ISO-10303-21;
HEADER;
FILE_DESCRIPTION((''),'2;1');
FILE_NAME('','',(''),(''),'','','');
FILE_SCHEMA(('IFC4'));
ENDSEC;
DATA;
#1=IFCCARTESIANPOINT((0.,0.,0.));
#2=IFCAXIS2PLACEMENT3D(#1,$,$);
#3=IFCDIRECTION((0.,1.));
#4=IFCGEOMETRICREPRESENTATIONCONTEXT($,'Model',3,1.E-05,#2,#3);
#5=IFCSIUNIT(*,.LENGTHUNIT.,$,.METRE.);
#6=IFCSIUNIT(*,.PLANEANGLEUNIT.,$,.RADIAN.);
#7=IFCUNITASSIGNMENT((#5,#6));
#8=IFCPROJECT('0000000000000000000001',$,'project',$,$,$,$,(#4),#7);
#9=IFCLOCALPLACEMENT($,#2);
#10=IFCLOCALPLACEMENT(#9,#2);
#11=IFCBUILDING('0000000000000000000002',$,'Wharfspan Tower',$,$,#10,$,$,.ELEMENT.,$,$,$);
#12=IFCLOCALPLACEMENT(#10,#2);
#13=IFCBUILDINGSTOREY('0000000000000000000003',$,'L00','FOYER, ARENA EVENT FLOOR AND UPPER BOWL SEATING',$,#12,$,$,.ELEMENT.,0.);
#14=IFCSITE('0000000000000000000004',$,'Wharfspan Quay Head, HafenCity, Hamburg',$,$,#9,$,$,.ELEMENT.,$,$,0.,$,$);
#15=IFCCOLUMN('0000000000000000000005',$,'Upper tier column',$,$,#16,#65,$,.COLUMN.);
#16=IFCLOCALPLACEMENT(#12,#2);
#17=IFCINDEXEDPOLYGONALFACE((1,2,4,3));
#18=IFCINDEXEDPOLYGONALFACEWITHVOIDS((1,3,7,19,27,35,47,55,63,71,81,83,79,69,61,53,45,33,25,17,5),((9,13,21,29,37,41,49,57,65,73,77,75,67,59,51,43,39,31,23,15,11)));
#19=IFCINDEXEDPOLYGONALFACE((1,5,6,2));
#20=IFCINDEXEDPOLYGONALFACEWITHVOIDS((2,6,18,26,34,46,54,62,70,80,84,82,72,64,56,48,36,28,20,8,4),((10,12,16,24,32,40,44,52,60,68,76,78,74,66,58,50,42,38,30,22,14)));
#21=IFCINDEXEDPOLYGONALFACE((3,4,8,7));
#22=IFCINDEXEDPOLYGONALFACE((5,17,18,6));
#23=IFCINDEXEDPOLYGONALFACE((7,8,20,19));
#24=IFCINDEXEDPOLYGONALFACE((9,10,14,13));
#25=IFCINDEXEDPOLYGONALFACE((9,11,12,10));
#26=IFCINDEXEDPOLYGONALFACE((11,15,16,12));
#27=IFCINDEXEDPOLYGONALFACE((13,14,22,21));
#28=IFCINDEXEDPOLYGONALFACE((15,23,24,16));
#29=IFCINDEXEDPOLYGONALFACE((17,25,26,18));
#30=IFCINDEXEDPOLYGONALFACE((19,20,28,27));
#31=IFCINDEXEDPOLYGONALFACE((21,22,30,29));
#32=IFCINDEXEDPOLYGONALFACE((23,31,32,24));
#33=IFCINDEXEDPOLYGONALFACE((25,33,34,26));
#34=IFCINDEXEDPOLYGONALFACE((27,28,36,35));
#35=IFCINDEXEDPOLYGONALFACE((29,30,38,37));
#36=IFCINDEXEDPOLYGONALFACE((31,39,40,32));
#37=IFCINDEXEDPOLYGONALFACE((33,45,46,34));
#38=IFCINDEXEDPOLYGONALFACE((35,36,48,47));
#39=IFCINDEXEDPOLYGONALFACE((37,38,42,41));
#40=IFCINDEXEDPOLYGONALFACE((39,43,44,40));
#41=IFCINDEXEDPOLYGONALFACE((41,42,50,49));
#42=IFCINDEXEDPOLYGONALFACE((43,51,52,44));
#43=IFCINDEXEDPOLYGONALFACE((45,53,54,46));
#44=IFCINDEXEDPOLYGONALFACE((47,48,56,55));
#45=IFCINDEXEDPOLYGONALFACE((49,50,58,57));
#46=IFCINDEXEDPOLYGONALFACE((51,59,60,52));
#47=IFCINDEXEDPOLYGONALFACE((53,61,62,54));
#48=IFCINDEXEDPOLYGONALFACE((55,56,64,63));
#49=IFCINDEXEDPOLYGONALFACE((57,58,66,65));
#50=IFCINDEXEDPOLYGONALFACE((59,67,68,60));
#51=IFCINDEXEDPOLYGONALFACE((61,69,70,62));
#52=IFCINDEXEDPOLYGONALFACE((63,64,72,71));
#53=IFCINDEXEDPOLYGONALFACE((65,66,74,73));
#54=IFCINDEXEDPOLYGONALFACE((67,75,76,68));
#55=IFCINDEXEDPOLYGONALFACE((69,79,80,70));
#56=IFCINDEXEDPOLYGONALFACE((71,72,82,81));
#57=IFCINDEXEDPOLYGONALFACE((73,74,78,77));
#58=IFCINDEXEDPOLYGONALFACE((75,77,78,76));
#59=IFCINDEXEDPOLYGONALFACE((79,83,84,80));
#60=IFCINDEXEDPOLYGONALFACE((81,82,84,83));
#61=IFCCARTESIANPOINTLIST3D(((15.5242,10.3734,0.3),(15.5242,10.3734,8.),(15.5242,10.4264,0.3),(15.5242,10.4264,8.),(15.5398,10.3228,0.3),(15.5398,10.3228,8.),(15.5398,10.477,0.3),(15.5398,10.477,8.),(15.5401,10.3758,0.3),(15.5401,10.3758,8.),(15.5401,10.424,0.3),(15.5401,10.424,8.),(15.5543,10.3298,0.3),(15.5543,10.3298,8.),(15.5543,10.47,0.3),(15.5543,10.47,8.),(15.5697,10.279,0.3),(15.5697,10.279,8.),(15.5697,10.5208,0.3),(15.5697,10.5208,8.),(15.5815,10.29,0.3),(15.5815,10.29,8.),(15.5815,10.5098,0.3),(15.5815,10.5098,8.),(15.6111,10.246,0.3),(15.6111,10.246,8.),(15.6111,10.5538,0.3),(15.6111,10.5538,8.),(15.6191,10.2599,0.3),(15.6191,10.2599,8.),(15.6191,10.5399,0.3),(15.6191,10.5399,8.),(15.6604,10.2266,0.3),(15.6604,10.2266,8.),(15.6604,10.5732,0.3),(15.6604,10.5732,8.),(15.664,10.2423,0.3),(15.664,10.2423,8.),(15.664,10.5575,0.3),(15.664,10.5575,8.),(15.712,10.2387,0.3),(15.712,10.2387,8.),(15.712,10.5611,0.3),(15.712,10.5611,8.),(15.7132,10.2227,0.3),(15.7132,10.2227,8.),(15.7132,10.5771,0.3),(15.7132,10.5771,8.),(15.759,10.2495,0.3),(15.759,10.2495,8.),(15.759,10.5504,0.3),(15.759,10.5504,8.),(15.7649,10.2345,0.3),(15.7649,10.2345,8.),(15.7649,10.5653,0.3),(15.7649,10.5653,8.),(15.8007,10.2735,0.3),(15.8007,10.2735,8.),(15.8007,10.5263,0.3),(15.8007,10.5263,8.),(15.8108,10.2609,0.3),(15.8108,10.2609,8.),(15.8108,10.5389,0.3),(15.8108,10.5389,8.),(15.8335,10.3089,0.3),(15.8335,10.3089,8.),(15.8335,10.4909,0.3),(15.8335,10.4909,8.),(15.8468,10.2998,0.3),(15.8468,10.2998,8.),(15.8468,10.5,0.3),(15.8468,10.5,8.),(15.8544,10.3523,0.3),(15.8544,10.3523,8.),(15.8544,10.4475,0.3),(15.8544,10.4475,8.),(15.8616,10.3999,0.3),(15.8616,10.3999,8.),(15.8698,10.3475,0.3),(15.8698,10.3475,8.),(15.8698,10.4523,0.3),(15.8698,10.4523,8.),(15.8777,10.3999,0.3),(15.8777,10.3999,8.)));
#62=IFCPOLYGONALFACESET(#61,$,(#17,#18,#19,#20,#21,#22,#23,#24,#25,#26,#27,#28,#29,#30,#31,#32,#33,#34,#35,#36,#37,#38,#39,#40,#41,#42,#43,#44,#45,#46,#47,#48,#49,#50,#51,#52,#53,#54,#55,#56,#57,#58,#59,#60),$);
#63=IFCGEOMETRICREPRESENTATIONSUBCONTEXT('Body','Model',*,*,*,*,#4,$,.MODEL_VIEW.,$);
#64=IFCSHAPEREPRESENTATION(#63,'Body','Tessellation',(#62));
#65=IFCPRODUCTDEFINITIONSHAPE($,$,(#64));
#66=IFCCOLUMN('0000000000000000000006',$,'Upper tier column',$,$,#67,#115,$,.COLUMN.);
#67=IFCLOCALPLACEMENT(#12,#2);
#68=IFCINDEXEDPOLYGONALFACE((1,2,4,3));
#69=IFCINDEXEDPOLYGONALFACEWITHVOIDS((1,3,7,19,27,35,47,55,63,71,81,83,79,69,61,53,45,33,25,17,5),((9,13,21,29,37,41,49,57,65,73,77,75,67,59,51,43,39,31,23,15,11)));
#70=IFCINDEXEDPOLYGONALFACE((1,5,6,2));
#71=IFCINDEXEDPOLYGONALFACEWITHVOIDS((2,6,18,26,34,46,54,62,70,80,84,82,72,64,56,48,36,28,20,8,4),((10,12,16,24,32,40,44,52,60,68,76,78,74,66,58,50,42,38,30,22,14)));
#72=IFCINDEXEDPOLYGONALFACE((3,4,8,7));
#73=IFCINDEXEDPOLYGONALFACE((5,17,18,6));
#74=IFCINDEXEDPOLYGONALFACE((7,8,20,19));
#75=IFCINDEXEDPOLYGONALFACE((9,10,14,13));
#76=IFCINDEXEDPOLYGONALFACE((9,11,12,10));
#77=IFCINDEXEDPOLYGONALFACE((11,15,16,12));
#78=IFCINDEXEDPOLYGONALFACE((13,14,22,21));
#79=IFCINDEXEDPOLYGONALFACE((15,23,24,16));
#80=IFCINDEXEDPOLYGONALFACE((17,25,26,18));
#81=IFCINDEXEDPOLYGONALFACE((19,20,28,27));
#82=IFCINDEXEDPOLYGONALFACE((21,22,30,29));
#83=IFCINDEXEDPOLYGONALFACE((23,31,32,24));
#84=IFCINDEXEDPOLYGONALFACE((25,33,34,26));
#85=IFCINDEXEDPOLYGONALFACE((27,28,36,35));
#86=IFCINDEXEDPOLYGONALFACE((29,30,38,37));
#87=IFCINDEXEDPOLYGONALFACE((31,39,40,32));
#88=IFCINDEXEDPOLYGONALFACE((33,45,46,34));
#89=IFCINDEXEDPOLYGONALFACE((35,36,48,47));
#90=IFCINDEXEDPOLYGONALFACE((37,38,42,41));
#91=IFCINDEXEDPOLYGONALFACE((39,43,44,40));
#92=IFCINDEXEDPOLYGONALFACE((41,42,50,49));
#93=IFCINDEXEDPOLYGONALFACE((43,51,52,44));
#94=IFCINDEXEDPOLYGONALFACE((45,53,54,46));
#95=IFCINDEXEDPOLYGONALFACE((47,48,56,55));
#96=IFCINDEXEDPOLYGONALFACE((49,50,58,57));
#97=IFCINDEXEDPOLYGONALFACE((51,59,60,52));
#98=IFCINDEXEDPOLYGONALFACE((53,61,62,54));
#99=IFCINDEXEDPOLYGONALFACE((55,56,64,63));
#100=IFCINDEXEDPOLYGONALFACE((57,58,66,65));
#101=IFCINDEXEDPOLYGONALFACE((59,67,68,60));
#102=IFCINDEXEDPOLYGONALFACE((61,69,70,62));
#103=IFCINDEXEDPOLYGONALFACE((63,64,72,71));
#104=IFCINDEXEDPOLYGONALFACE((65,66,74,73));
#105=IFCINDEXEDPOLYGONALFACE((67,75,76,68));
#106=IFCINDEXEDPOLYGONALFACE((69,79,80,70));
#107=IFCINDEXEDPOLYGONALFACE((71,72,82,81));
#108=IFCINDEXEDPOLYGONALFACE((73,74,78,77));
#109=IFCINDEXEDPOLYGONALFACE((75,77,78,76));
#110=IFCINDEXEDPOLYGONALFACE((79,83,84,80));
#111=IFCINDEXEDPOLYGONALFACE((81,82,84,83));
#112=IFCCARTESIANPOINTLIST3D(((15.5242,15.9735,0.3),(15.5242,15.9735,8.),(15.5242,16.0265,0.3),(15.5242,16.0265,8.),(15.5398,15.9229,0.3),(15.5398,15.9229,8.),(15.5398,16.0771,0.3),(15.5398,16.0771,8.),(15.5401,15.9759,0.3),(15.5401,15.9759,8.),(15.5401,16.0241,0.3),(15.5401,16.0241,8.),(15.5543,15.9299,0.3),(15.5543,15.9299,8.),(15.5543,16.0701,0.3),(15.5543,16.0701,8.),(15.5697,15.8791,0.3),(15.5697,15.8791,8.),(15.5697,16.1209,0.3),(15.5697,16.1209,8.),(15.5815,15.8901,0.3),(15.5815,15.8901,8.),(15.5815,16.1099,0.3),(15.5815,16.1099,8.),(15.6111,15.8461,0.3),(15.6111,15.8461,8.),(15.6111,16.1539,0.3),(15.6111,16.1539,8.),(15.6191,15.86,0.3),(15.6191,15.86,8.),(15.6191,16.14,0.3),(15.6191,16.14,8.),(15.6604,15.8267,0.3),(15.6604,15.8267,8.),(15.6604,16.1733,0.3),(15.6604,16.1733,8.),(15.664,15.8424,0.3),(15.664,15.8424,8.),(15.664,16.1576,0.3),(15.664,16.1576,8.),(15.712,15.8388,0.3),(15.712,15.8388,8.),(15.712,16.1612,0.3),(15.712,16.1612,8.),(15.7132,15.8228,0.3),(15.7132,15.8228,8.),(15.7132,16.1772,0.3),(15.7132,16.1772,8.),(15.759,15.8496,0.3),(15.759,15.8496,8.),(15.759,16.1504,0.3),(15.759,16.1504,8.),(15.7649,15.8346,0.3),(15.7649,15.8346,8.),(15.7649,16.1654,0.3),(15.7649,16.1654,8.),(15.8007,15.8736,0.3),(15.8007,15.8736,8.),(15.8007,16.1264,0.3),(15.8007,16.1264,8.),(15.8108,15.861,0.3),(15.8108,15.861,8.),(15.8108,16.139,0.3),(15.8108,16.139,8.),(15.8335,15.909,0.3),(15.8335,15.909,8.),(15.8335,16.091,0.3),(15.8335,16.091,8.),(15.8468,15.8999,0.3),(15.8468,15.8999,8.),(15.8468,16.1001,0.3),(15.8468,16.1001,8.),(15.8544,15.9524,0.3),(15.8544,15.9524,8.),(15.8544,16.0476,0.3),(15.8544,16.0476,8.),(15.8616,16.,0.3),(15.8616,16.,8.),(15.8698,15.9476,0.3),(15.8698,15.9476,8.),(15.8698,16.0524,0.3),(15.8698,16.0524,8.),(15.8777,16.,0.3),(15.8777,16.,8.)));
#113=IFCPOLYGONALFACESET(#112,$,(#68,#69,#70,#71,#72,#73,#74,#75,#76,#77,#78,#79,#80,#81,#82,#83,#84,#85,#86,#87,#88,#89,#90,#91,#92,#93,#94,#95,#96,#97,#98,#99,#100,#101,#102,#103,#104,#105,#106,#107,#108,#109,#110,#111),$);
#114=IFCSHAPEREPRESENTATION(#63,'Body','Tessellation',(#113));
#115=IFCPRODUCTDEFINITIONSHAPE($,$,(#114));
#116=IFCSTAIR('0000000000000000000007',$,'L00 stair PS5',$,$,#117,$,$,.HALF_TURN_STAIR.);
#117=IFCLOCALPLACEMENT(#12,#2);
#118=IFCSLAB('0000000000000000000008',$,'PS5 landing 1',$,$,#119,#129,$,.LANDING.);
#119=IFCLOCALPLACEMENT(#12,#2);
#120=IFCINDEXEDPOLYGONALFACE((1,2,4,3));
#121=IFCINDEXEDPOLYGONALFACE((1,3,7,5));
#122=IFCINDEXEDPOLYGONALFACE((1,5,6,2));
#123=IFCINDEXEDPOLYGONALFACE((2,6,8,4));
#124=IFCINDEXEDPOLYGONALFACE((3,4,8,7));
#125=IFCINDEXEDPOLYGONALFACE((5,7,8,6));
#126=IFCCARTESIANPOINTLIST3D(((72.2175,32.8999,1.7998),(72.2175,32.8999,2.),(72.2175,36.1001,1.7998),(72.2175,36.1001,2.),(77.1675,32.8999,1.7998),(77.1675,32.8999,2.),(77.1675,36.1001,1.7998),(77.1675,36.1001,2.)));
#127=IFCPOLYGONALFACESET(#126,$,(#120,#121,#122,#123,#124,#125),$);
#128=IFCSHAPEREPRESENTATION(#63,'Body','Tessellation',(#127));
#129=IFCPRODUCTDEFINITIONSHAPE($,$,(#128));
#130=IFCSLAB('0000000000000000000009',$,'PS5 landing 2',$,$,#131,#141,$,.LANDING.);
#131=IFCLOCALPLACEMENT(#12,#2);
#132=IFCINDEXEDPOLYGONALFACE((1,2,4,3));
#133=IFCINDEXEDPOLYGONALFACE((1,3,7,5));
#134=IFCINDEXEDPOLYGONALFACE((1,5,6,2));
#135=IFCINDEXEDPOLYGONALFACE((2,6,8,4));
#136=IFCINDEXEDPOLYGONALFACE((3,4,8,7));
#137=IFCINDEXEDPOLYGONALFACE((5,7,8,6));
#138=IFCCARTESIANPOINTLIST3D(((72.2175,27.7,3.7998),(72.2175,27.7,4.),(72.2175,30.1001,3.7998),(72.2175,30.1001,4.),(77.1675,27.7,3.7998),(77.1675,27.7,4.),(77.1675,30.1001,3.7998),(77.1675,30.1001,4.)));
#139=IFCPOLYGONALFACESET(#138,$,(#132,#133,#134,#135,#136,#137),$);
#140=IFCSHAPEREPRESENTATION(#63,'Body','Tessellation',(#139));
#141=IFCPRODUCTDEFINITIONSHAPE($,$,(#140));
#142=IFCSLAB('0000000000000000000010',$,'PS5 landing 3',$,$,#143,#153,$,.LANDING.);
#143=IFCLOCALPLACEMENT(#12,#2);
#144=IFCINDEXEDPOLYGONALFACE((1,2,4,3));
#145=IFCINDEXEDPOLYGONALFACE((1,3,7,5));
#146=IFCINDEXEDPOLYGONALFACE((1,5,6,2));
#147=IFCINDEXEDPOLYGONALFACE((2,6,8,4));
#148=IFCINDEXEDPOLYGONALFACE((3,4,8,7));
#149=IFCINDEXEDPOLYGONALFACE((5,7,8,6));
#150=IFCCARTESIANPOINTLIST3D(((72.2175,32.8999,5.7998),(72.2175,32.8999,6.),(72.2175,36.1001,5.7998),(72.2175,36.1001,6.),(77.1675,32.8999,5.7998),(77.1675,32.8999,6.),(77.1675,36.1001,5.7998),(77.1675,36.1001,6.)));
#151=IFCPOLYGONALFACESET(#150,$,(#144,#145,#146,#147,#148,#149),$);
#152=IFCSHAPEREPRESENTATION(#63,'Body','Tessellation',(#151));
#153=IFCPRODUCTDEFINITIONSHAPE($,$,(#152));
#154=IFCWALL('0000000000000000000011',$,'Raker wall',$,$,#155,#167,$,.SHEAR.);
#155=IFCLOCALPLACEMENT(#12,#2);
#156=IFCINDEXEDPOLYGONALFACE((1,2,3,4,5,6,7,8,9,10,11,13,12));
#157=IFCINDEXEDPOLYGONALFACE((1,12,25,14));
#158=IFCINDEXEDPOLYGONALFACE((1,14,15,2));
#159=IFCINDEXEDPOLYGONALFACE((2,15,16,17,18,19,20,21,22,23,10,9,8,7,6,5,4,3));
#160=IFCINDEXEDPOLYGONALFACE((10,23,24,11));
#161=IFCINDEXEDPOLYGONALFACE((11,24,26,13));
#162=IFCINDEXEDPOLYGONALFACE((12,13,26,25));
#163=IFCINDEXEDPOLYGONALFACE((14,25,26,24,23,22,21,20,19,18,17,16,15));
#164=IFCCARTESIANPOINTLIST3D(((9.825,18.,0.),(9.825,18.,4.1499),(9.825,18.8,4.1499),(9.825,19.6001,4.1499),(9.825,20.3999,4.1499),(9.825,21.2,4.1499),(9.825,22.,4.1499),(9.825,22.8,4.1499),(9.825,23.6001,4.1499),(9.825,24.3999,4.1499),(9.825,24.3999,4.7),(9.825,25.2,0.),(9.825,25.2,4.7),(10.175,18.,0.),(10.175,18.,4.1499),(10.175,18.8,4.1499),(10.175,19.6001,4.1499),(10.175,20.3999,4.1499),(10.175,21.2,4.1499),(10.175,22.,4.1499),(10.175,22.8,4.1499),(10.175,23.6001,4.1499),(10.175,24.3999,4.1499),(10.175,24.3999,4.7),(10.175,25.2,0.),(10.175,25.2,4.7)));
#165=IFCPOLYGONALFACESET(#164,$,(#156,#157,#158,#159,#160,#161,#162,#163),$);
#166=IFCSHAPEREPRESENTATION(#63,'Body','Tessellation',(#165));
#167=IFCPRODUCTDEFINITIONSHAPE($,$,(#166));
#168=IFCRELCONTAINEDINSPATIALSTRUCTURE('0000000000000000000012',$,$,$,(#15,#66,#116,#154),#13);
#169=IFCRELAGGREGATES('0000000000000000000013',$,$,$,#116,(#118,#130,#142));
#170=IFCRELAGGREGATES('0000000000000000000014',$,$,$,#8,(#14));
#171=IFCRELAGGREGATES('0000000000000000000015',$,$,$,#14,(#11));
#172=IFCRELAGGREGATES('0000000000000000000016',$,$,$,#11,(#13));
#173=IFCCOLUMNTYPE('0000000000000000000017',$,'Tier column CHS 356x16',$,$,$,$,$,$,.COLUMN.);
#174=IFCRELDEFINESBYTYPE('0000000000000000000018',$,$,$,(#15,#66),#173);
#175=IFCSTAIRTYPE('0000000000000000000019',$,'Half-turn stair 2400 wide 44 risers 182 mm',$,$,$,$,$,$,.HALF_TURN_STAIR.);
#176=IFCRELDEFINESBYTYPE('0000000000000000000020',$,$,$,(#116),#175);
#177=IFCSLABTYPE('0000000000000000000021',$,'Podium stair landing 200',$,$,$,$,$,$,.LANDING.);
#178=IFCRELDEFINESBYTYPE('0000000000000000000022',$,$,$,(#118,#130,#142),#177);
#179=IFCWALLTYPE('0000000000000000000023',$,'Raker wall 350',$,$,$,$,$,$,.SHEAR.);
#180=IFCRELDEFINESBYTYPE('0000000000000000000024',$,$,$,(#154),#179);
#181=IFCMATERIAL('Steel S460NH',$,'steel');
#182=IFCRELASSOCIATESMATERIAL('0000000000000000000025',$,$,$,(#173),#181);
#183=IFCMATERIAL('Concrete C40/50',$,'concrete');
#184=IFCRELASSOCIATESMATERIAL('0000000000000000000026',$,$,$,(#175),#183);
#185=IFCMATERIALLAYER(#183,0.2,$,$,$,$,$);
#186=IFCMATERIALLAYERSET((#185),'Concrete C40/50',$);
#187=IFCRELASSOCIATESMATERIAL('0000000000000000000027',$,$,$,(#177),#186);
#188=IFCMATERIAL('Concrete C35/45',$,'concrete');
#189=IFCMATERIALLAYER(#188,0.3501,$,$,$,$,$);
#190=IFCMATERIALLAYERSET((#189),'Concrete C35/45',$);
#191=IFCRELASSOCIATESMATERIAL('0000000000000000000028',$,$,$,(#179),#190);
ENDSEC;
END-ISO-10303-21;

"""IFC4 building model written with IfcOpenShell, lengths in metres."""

from ifc_helpers import new_model, si_unit, direction, frame, origin, origin_2d, place, context, subcontext, project, spatial, polyline, hollow_circle, outline, extrude, material, layer, layer_set, material_profile, profile_set, type_object, element, aggregate, save


model = new_model("IFC4")

# Units and contexts
model_context = context("Model", 3, precision=1e-05, world=origin(), true_north=direction((0.0, 1.0)))
body_context = subcontext(model_context, "Body", "Model", "MODEL_VIEW")
ifc_project = project(units=[si_unit("LENGTHUNIT", "METRE"), si_unit("PLANEANGLEUNIT", "RADIAN")], contexts=[model_context])

# Site, building, storey
site_placement = place(None, origin())
site = spatial("IfcSite", under=ifc_project, at=site_placement, Name="Wharfspan Quay Head, HafenCity, Hamburg", CompositionType="ELEMENT", RefElevation=0.0)
building_placement = place(site_placement, origin())
building = spatial("IfcBuilding", under=site, at=building_placement, Name="Wharfspan Tower", CompositionType="ELEMENT")
storey_placement = place(building_placement, origin())
storey = spatial("IfcBuildingStorey", under=building, at=storey_placement, Name="L00", Description="FOYER, ARENA EVENT FLOOR AND UPPER BOWL SEATING", CompositionType="ELEMENT", Elevation=0.0)

# Columns
ifc_material_1 = material(Name="Steel S460NH", Category="steel")
ifc_material_profile_1 = material_profile(ifc_material_1, hollow_circle(Radius=0.1777, WallThickness=0.0161, at=origin_2d()))
ifc_profile_set_1 = profile_set([ifc_material_profile_1], Name="Steel S460NH")
column_type_1 = type_object("IfcColumnType", Name="Tier column CHS 356x16", PredefinedType="COLUMN", material=ifc_profile_set_1)
for number, where, z_axis, x_axis, name in (
    (1, (15.7, 10.3999, 0.3), (0.0, 0.0, 1.0), (1.0, 0.0, 0.0), "Upper tier column"),
    (2, (15.7, 16.0, 0.3), (0.0, 0.0, 1.0), (1.0, 0.0, 0.0), "Upper tier column"),
):
    element("IfcColumn", number, at=place(storey_placement, frame(where, z_axis=z_axis, x_axis=x_axis)), inside=storey, type_object=column_type_1, Name=name, PredefinedType="COLUMN", context=body_context, shape_type="SweptSolid", body=[
        extrude(hollow_circle(Radius=0.1777, WallThickness=0.0161, at=origin_2d()), origin(), (0.0, 0.0, 1.0), 7.7),
    ])

# Stair, slabs
ifc_material_2 = material(Name="Concrete C40/50", Category="concrete")
stair_type = type_object("IfcStairType", Name="Half-turn stair 2400 wide 44 risers 182 mm", PredefinedType="HALF_TURN_STAIR", material=ifc_material_2)
stair_placement = place(storey_placement, origin())
stair = element("IfcStair", 3, at=stair_placement, inside=storey, type_object=stair_type, Name="L00 stair PS5", PredefinedType="HALF_TURN_STAIR")
ifc_layer_1 = layer(ifc_material_2, 0.2)
ifc_layer_set_1 = layer_set([ifc_layer_1], Name="Concrete C40/50")
slab_type = type_object("IfcSlabType", Name="Podium stair landing 200", PredefinedType="LANDING", material=ifc_layer_set_1)
slab_1_placement = place(storey_placement, frame((0.0, 0.0, 1.7998)))
slab_1 = element("IfcSlab", 4, at=slab_1_placement, type_object=slab_type, Name="PS5 landing 1", PredefinedType="LANDING", context=body_context, shape_type="SweptSolid", body=[
    extrude(outline(polyline([(77.1675, 32.8999), (77.1675, 36.1001), (72.2175, 36.1001), (72.2175, 32.8999), (77.1675, 32.8999)])), origin(), (0.0, 0.0, 1.0), 0.2002),
])
slab_2_placement = place(storey_placement, frame((0.0, 0.0, 3.7998)))
slab_2 = element("IfcSlab", 5, at=slab_2_placement, type_object=slab_type, Name="PS5 landing 2", PredefinedType="LANDING", context=body_context, shape_type="SweptSolid", body=[
    extrude(outline(polyline([(77.1675, 27.7), (77.1675, 30.1001), (72.2175, 30.1001), (72.2175, 27.7), (77.1675, 27.7)])), origin(), (0.0, 0.0, 1.0), 0.2002),
])
slab_3_placement = place(storey_placement, frame((0.0, 0.0, 5.7998)))
slab_3 = element("IfcSlab", 6, at=slab_3_placement, type_object=slab_type, Name="PS5 landing 3", PredefinedType="LANDING", context=body_context, shape_type="SweptSolid", body=[
    extrude(outline(polyline([(77.1675, 32.8999), (77.1675, 36.1001), (72.2175, 36.1001), (72.2175, 32.8999), (77.1675, 32.8999)])), origin(), (0.0, 0.0, 1.0), 0.2002),
])
aggregate(stair, [slab_1, slab_2, slab_3])

# Wall
ifc_material_3 = material(Name="Concrete C35/45", Category="concrete")
ifc_layer_2 = layer(ifc_material_3, 0.3501)
ifc_layer_set_2 = layer_set([ifc_layer_2], Name="Concrete C35/45")
wall_type = type_object("IfcWallType", Name="Raker wall 350", PredefinedType="SHEAR", material=ifc_layer_set_2)
wall_placement = place(storey_placement, frame((10.0, 18.0, 0.0), z_axis=(0.0, 0.0, 1.0), x_axis=(0.0, 1.0, 0.0)))
element("IfcWall", 7, at=wall_placement, inside=storey, type_object=wall_type, Name="Raker wall", PredefinedType="SHEAR", context=body_context, shape_type="SweptSolid", body=[
    extrude(outline(polyline([(0.0, 0.0), (7.2, 0.0), (7.2, 4.7), (6.3999, 4.7), (6.3999, 4.1499), (5.6001, 4.1499), (4.8, 4.1499), (4.0, 4.1499), (3.2, 4.1499), (2.3999, 4.1499), (1.6001, 4.1499), (0.8, 4.1499), (0.0, 4.1499), (0.0, 0.0)])), frame((0.0, 0.175, 0.0), z_axis=(0.0, -1.0, 0.0), x_axis=(1.0, 0.0, 0.0)), (0.0, 0.0, 1.0), 0.3501),
])

save(model, "model.ifc")
